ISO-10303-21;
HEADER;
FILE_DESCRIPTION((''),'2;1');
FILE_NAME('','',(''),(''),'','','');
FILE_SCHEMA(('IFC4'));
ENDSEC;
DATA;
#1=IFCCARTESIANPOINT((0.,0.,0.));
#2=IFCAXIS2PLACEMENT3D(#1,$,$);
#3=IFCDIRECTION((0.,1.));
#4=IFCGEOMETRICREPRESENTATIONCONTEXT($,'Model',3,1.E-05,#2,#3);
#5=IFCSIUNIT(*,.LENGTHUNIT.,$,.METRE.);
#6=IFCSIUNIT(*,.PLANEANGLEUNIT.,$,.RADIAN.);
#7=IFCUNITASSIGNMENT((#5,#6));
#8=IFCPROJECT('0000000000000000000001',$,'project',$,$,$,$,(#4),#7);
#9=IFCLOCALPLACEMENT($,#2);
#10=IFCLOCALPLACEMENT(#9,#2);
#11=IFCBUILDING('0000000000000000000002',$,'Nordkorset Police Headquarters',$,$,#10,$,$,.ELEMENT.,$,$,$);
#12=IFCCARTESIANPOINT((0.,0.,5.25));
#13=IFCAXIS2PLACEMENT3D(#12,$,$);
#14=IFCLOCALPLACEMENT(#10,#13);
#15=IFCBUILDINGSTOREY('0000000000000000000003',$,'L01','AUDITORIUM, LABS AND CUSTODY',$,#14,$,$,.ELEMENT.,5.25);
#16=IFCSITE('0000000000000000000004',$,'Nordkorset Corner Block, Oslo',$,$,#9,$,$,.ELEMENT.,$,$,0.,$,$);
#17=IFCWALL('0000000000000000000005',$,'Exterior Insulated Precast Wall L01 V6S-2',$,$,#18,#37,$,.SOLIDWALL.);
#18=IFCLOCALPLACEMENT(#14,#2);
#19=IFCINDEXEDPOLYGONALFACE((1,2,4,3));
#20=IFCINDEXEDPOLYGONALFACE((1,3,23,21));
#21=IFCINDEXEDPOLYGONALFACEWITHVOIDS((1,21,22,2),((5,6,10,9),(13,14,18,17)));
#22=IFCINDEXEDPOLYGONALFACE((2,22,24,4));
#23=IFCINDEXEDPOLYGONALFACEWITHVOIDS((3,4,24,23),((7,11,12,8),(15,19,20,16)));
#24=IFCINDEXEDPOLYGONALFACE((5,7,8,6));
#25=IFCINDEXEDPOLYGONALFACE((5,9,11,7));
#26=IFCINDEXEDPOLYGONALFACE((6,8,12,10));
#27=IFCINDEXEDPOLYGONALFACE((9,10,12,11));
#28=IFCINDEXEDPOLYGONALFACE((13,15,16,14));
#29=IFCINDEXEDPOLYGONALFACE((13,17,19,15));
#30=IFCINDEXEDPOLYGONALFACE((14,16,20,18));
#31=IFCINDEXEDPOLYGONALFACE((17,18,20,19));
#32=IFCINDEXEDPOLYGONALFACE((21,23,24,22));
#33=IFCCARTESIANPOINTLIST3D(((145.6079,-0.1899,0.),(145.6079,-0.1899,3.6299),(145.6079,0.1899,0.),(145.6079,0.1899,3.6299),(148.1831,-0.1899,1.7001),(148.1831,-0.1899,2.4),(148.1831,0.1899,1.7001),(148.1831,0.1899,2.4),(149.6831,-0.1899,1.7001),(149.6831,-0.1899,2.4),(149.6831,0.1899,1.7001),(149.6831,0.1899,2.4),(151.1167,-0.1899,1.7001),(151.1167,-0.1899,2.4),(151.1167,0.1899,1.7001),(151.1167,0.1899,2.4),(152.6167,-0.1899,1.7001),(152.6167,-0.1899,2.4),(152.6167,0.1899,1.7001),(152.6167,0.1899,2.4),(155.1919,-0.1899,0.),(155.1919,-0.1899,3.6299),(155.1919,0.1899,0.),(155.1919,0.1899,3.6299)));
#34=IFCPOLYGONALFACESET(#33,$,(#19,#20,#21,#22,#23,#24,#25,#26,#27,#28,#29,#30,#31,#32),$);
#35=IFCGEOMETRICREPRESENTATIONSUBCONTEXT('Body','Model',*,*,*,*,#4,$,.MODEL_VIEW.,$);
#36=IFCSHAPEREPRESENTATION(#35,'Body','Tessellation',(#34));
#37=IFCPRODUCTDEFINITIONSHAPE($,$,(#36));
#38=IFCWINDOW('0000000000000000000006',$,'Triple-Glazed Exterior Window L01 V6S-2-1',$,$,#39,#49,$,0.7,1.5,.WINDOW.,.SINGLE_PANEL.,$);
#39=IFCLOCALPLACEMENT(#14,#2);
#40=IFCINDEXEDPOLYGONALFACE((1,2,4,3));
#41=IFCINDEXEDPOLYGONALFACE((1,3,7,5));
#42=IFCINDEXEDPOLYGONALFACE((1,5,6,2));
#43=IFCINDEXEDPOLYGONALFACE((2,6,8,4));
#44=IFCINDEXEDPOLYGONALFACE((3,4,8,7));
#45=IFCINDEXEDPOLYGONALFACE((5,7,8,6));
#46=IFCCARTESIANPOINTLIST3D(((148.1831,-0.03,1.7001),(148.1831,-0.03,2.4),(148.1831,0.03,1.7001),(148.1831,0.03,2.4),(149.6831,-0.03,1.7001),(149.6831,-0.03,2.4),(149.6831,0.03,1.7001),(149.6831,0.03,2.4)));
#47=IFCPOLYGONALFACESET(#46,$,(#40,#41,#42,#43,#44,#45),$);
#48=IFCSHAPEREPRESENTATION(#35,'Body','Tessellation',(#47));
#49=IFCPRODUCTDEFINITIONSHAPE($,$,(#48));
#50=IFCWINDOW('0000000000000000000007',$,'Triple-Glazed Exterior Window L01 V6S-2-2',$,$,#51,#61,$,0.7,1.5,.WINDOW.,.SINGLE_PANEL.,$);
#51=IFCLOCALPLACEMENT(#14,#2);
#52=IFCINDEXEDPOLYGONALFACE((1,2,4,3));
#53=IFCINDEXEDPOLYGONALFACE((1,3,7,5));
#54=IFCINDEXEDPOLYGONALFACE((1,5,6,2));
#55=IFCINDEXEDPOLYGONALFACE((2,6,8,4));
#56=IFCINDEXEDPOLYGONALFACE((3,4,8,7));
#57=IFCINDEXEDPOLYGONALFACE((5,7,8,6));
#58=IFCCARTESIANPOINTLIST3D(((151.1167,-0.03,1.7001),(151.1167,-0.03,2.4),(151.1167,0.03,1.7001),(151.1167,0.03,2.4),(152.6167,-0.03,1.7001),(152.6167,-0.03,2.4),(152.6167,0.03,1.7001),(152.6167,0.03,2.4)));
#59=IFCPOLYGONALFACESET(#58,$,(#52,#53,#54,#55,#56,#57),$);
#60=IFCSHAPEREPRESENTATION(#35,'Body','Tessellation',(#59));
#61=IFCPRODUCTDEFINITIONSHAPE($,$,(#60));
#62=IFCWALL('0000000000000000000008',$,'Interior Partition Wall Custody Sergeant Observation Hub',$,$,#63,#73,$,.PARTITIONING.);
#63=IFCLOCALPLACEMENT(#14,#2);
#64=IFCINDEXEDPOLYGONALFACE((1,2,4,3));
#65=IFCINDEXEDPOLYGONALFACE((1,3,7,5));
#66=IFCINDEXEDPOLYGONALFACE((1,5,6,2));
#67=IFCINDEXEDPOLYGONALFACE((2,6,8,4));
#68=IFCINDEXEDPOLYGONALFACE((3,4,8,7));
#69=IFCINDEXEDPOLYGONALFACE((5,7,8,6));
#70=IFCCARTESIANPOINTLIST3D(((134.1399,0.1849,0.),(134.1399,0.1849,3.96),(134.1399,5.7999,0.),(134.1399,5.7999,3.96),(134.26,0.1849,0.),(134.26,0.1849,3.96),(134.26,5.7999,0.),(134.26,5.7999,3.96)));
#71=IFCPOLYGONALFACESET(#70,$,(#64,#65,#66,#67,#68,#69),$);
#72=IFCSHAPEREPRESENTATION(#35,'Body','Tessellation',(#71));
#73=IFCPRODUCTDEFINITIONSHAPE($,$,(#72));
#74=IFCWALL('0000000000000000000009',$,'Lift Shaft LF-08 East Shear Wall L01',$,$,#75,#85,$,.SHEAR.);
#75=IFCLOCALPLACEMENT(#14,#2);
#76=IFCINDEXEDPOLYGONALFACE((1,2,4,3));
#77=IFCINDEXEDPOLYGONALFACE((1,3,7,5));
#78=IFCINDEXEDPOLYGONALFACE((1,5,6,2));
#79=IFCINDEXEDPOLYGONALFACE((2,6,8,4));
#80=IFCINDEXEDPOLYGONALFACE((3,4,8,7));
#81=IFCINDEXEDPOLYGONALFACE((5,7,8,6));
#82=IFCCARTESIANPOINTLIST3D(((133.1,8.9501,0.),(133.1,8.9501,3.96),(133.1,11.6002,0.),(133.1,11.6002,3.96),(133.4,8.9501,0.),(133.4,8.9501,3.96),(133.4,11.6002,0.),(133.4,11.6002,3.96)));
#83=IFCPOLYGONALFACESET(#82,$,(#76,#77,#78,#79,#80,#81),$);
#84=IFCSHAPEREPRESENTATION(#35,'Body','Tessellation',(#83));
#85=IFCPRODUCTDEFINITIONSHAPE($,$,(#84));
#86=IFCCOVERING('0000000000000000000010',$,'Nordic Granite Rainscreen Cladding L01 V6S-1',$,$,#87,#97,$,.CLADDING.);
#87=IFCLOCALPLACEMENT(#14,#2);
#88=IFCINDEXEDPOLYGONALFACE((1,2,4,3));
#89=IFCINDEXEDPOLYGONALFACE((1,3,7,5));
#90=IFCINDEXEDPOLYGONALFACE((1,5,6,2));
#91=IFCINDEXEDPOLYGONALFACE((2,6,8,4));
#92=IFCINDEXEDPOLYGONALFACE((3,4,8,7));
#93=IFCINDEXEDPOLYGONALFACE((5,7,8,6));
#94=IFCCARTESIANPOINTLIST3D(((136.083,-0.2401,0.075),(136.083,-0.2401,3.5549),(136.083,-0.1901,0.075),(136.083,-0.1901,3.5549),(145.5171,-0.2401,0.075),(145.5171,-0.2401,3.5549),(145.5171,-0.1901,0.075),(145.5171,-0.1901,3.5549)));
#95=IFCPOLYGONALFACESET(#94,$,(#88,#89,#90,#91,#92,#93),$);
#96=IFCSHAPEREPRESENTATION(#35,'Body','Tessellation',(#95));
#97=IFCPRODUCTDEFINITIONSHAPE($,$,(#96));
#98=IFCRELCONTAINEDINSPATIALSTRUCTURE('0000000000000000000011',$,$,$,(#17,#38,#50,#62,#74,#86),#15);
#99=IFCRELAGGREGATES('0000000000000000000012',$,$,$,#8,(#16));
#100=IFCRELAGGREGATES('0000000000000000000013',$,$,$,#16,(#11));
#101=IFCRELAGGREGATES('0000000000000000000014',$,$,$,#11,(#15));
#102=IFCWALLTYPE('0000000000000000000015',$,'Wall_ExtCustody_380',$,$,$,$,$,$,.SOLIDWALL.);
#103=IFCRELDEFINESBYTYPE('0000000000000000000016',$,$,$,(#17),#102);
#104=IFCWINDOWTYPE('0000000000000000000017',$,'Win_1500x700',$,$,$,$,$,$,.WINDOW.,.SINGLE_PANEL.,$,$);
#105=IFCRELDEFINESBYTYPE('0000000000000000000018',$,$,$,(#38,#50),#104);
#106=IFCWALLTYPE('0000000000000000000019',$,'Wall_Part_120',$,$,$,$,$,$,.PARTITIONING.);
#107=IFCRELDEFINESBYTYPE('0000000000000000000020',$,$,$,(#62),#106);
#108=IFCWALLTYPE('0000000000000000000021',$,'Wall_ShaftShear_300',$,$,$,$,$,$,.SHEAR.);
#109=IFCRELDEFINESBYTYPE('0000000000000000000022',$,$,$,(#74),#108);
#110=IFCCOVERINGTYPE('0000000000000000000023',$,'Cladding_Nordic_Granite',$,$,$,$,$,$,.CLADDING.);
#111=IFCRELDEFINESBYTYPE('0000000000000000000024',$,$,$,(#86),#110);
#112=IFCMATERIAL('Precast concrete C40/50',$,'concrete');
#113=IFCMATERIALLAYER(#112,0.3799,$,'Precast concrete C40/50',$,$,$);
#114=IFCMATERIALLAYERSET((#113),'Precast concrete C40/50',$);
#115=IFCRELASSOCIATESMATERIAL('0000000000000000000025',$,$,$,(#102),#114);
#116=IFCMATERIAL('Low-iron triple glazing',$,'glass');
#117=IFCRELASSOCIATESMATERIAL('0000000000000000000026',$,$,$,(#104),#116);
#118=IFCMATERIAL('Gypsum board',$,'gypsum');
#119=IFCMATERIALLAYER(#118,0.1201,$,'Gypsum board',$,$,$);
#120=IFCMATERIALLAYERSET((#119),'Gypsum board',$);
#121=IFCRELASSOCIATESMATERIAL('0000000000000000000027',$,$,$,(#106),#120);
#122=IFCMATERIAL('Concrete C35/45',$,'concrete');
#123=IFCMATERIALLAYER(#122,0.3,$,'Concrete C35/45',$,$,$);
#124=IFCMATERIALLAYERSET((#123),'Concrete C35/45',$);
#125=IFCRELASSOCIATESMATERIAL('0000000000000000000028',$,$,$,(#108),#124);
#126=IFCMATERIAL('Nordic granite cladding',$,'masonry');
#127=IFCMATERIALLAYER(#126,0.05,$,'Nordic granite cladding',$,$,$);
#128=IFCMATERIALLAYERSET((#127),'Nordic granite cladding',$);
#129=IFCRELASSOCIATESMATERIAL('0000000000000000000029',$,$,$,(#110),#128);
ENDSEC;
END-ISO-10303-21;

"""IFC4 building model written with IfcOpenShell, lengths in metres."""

from ifc_helpers import new_model, si_unit, direction, frame, frame_2d, origin, origin_2d, place, context, subcontext, project, spatial, rectangle, extrude, material, layer, layer_set, type_object, element, fill, save


model = new_model("IFC4")

# Units and contexts
model_context = context("Model", 3, precision=1e-05, world=origin(), true_north=direction((0.0, 1.0)))
body_context = subcontext(model_context, "Body", "Model", "MODEL_VIEW")
ifc_project = project(units=[si_unit("LENGTHUNIT", "METRE"), si_unit("PLANEANGLEUNIT", "RADIAN")], contexts=[model_context])

# Site, building, storey
site_placement = place(None, origin())
site = spatial("IfcSite", under=ifc_project, at=site_placement, Name="Nordkorset Corner Block, Oslo", CompositionType="ELEMENT", RefElevation=0.0)
building_placement = place(site_placement, origin())
building = spatial("IfcBuilding", under=site, at=building_placement, Name="Nordkorset Police Headquarters", CompositionType="ELEMENT")
storey_placement = place(building_placement, frame((0.0, 0.0, 5.25)))
storey = spatial("IfcBuildingStorey", under=building, at=storey_placement, Name="L01", Description="AUDITORIUM, LABS AND CUSTODY", CompositionType="ELEMENT", Elevation=5.25)

# Shared definitions
ifc_material_1 = material(Name="Precast concrete C40/50", Category="concrete")
ifc_layer_1 = layer(ifc_material_1, 0.3799, Name="Precast concrete C40/50")
ifc_layer_set_1 = layer_set([ifc_layer_1], Name="Precast concrete C40/50")
wall_type_1 = type_object("IfcWallType", Name="Wall_ExtCustody_380", PredefinedType="SOLIDWALL", material=ifc_layer_set_1)

# Wall, openings, windows
wall_1_placement = place(storey_placement, frame((145.6079, 0.0, 0.0), z_axis=(0.0, 0.0, 1.0), x_axis=(1.0, 0.0, 0.0)))
wall_1 = element("IfcWall", 1, at=wall_1_placement, inside=storey, type_object=wall_type_1, Name="Exterior Insulated Precast Wall L01 V6S-2", PredefinedType="SOLIDWALL", context=body_context, shape_type="SweptSolid", body=[
    extrude(rectangle(XDim=9.584, YDim=0.3799, at=frame_2d((4.792, 0.0))), origin(), (0.0, 0.0, 1.0), 3.6299),
])
opening_1_placement = place(wall_1_placement, frame((2.5752, 0.0, 1.7)))
opening_1 = element("IfcOpeningElement", 2, at=opening_1_placement, cuts=wall_1, PredefinedType="OPENING", context=body_context, shape_type="SweptSolid", body=[
    extrude(rectangle(XDim=1.5, YDim=0.7, at=frame_2d((0.75, 0.3501))), frame((0.0, 0.2, 0.0), z_axis=(0.0, -1.0, 0.0), x_axis=(1.0, 0.0, 0.0)), (0.0, 0.0, 1.0), 0.3999),
])
opening_2_placement = place(wall_1_placement, frame((5.5088, 0.0, 1.7)))
opening_2 = element("IfcOpeningElement", 3, at=opening_2_placement, cuts=wall_1, PredefinedType="OPENING", context=body_context, shape_type="SweptSolid", body=[
    extrude(rectangle(XDim=1.5, YDim=0.7, at=frame_2d((0.75, 0.3501))), frame((0.0, 0.2, 0.0), z_axis=(0.0, -1.0, 0.0), x_axis=(1.0, 0.0, 0.0)), (0.0, 0.0, 1.0), 0.3999),
])
ifc_material_2 = material(Name="Low-iron triple glazing", Category="glass")
window_type = type_object("IfcWindowType", Name="Win_1500x700", PartitioningType="SINGLE_PANEL", PredefinedType="WINDOW", material=ifc_material_2)
window_1_placement = place(opening_1_placement, origin())
window_1 = element("IfcWindow", 4, at=window_1_placement, inside=storey, type_object=window_type, Name="Triple-Glazed Exterior Window L01 V6S-2-1", OverallHeight=0.7, OverallWidth=1.5, PartitioningType="SINGLE_PANEL", PredefinedType="WINDOW", context=body_context, shape_type="SweptSolid", body=[
    extrude(rectangle(XDim=1.5, YDim=0.7, at=frame_2d((0.75, 0.3501))), frame((0.0, 0.03, 0.0), z_axis=(0.0, -1.0, 0.0), x_axis=(1.0, 0.0, 0.0)), (0.0, 0.0, 1.0), 0.0601),
])
fill(opening_1, window_1)
window_2_placement = place(opening_2_placement, origin())
window_2 = element("IfcWindow", 5, at=window_2_placement, inside=storey, type_object=window_type, Name="Triple-Glazed Exterior Window L01 V6S-2-2", OverallHeight=0.7, OverallWidth=1.5, PartitioningType="SINGLE_PANEL", PredefinedType="WINDOW", context=body_context, shape_type="SweptSolid", body=[
    extrude(rectangle(XDim=1.5, YDim=0.7, at=frame_2d((0.75, 0.3501))), frame((0.0, 0.03, 0.0), z_axis=(0.0, -1.0, 0.0), x_axis=(1.0, 0.0, 0.0)), (0.0, 0.0, 1.0), 0.0601),
])
fill(opening_2, window_2)

# Wall
ifc_material_3 = material(Name="Gypsum board", Category="gypsum")
ifc_layer_2 = layer(ifc_material_3, 0.1201, Name="Gypsum board")
ifc_layer_set_2 = layer_set([ifc_layer_2], Name="Gypsum board")
wall_type_2 = type_object("IfcWallType", Name="Wall_Part_120", PredefinedType="PARTITIONING", material=ifc_layer_set_2)
wall_2_placement = place(storey_placement, frame((134.2, 5.8, 0.0), z_axis=(0.0, 0.0, 1.0), x_axis=(0.0, -1.0, 0.0)))
element("IfcWall", 6, at=wall_2_placement, inside=storey, type_object=wall_type_2, Name="Interior Partition Wall Custody Sergeant Observation Hub", PredefinedType="PARTITIONING", context=body_context, shape_type="SweptSolid", body=[
    extrude(rectangle(XDim=5.615, YDim=0.1201, at=frame_2d((2.8076, 0.0))), origin(), (0.0, 0.0, 1.0), 3.96),
])

# Shared definitions
ifc_material_4 = material(Name="Concrete C35/45", Category="concrete")
ifc_layer_3 = layer(ifc_material_4, 0.3, Name="Concrete C35/45")
ifc_layer_set_3 = layer_set([ifc_layer_3], Name="Concrete C35/45")
wall_type_3 = type_object("IfcWallType", Name="Wall_ShaftShear_300", PredefinedType="SHEAR", material=ifc_layer_set_3)

# Wall
wall_3_placement = place(storey_placement, frame((133.25, 8.95, 0.0), z_axis=(0.0, 0.0, 1.0), x_axis=(0.0, 1.0, 0.0)))
element("IfcWall", 7, at=wall_3_placement, inside=storey, type_object=wall_type_3, Name="Lift Shaft LF-08 East Shear Wall L01", PredefinedType="SHEAR", context=body_context, shape_type="SweptSolid", body=[
    extrude(rectangle(XDim=2.6501, YDim=0.3, at=frame_2d((1.3252, 0.0))), origin(), (0.0, 0.0, 1.0), 3.96),
])

# Covering
ifc_material_5 = material(Name="Nordic granite cladding", Category="masonry")
ifc_layer_4 = layer(ifc_material_5, 0.05, Name="Nordic granite cladding")
ifc_layer_set_4 = layer_set([ifc_layer_4], Name="Nordic granite cladding")
covering_type = type_object("IfcCoveringType", Name="Cladding_Nordic_Granite", PredefinedType="CLADDING", material=ifc_layer_set_4)
covering_placement = place(storey_placement, frame((140.8, -0.2151, 0.075), z_axis=(0.0, 0.0, 1.0), x_axis=(1.0, 0.0, 0.0)))
element("IfcCovering", 8, at=covering_placement, inside=storey, type_object=covering_type, Name="Nordic Granite Rainscreen Cladding L01 V6S-1", PredefinedType="CLADDING", context=body_context, shape_type="SweptSolid", body=[
    extrude(rectangle(XDim=9.4341, YDim=0.05, at=origin_2d()), origin(), (0.0, 0.0, 1.0), 3.48),
])

save(model, "model.ifc")
